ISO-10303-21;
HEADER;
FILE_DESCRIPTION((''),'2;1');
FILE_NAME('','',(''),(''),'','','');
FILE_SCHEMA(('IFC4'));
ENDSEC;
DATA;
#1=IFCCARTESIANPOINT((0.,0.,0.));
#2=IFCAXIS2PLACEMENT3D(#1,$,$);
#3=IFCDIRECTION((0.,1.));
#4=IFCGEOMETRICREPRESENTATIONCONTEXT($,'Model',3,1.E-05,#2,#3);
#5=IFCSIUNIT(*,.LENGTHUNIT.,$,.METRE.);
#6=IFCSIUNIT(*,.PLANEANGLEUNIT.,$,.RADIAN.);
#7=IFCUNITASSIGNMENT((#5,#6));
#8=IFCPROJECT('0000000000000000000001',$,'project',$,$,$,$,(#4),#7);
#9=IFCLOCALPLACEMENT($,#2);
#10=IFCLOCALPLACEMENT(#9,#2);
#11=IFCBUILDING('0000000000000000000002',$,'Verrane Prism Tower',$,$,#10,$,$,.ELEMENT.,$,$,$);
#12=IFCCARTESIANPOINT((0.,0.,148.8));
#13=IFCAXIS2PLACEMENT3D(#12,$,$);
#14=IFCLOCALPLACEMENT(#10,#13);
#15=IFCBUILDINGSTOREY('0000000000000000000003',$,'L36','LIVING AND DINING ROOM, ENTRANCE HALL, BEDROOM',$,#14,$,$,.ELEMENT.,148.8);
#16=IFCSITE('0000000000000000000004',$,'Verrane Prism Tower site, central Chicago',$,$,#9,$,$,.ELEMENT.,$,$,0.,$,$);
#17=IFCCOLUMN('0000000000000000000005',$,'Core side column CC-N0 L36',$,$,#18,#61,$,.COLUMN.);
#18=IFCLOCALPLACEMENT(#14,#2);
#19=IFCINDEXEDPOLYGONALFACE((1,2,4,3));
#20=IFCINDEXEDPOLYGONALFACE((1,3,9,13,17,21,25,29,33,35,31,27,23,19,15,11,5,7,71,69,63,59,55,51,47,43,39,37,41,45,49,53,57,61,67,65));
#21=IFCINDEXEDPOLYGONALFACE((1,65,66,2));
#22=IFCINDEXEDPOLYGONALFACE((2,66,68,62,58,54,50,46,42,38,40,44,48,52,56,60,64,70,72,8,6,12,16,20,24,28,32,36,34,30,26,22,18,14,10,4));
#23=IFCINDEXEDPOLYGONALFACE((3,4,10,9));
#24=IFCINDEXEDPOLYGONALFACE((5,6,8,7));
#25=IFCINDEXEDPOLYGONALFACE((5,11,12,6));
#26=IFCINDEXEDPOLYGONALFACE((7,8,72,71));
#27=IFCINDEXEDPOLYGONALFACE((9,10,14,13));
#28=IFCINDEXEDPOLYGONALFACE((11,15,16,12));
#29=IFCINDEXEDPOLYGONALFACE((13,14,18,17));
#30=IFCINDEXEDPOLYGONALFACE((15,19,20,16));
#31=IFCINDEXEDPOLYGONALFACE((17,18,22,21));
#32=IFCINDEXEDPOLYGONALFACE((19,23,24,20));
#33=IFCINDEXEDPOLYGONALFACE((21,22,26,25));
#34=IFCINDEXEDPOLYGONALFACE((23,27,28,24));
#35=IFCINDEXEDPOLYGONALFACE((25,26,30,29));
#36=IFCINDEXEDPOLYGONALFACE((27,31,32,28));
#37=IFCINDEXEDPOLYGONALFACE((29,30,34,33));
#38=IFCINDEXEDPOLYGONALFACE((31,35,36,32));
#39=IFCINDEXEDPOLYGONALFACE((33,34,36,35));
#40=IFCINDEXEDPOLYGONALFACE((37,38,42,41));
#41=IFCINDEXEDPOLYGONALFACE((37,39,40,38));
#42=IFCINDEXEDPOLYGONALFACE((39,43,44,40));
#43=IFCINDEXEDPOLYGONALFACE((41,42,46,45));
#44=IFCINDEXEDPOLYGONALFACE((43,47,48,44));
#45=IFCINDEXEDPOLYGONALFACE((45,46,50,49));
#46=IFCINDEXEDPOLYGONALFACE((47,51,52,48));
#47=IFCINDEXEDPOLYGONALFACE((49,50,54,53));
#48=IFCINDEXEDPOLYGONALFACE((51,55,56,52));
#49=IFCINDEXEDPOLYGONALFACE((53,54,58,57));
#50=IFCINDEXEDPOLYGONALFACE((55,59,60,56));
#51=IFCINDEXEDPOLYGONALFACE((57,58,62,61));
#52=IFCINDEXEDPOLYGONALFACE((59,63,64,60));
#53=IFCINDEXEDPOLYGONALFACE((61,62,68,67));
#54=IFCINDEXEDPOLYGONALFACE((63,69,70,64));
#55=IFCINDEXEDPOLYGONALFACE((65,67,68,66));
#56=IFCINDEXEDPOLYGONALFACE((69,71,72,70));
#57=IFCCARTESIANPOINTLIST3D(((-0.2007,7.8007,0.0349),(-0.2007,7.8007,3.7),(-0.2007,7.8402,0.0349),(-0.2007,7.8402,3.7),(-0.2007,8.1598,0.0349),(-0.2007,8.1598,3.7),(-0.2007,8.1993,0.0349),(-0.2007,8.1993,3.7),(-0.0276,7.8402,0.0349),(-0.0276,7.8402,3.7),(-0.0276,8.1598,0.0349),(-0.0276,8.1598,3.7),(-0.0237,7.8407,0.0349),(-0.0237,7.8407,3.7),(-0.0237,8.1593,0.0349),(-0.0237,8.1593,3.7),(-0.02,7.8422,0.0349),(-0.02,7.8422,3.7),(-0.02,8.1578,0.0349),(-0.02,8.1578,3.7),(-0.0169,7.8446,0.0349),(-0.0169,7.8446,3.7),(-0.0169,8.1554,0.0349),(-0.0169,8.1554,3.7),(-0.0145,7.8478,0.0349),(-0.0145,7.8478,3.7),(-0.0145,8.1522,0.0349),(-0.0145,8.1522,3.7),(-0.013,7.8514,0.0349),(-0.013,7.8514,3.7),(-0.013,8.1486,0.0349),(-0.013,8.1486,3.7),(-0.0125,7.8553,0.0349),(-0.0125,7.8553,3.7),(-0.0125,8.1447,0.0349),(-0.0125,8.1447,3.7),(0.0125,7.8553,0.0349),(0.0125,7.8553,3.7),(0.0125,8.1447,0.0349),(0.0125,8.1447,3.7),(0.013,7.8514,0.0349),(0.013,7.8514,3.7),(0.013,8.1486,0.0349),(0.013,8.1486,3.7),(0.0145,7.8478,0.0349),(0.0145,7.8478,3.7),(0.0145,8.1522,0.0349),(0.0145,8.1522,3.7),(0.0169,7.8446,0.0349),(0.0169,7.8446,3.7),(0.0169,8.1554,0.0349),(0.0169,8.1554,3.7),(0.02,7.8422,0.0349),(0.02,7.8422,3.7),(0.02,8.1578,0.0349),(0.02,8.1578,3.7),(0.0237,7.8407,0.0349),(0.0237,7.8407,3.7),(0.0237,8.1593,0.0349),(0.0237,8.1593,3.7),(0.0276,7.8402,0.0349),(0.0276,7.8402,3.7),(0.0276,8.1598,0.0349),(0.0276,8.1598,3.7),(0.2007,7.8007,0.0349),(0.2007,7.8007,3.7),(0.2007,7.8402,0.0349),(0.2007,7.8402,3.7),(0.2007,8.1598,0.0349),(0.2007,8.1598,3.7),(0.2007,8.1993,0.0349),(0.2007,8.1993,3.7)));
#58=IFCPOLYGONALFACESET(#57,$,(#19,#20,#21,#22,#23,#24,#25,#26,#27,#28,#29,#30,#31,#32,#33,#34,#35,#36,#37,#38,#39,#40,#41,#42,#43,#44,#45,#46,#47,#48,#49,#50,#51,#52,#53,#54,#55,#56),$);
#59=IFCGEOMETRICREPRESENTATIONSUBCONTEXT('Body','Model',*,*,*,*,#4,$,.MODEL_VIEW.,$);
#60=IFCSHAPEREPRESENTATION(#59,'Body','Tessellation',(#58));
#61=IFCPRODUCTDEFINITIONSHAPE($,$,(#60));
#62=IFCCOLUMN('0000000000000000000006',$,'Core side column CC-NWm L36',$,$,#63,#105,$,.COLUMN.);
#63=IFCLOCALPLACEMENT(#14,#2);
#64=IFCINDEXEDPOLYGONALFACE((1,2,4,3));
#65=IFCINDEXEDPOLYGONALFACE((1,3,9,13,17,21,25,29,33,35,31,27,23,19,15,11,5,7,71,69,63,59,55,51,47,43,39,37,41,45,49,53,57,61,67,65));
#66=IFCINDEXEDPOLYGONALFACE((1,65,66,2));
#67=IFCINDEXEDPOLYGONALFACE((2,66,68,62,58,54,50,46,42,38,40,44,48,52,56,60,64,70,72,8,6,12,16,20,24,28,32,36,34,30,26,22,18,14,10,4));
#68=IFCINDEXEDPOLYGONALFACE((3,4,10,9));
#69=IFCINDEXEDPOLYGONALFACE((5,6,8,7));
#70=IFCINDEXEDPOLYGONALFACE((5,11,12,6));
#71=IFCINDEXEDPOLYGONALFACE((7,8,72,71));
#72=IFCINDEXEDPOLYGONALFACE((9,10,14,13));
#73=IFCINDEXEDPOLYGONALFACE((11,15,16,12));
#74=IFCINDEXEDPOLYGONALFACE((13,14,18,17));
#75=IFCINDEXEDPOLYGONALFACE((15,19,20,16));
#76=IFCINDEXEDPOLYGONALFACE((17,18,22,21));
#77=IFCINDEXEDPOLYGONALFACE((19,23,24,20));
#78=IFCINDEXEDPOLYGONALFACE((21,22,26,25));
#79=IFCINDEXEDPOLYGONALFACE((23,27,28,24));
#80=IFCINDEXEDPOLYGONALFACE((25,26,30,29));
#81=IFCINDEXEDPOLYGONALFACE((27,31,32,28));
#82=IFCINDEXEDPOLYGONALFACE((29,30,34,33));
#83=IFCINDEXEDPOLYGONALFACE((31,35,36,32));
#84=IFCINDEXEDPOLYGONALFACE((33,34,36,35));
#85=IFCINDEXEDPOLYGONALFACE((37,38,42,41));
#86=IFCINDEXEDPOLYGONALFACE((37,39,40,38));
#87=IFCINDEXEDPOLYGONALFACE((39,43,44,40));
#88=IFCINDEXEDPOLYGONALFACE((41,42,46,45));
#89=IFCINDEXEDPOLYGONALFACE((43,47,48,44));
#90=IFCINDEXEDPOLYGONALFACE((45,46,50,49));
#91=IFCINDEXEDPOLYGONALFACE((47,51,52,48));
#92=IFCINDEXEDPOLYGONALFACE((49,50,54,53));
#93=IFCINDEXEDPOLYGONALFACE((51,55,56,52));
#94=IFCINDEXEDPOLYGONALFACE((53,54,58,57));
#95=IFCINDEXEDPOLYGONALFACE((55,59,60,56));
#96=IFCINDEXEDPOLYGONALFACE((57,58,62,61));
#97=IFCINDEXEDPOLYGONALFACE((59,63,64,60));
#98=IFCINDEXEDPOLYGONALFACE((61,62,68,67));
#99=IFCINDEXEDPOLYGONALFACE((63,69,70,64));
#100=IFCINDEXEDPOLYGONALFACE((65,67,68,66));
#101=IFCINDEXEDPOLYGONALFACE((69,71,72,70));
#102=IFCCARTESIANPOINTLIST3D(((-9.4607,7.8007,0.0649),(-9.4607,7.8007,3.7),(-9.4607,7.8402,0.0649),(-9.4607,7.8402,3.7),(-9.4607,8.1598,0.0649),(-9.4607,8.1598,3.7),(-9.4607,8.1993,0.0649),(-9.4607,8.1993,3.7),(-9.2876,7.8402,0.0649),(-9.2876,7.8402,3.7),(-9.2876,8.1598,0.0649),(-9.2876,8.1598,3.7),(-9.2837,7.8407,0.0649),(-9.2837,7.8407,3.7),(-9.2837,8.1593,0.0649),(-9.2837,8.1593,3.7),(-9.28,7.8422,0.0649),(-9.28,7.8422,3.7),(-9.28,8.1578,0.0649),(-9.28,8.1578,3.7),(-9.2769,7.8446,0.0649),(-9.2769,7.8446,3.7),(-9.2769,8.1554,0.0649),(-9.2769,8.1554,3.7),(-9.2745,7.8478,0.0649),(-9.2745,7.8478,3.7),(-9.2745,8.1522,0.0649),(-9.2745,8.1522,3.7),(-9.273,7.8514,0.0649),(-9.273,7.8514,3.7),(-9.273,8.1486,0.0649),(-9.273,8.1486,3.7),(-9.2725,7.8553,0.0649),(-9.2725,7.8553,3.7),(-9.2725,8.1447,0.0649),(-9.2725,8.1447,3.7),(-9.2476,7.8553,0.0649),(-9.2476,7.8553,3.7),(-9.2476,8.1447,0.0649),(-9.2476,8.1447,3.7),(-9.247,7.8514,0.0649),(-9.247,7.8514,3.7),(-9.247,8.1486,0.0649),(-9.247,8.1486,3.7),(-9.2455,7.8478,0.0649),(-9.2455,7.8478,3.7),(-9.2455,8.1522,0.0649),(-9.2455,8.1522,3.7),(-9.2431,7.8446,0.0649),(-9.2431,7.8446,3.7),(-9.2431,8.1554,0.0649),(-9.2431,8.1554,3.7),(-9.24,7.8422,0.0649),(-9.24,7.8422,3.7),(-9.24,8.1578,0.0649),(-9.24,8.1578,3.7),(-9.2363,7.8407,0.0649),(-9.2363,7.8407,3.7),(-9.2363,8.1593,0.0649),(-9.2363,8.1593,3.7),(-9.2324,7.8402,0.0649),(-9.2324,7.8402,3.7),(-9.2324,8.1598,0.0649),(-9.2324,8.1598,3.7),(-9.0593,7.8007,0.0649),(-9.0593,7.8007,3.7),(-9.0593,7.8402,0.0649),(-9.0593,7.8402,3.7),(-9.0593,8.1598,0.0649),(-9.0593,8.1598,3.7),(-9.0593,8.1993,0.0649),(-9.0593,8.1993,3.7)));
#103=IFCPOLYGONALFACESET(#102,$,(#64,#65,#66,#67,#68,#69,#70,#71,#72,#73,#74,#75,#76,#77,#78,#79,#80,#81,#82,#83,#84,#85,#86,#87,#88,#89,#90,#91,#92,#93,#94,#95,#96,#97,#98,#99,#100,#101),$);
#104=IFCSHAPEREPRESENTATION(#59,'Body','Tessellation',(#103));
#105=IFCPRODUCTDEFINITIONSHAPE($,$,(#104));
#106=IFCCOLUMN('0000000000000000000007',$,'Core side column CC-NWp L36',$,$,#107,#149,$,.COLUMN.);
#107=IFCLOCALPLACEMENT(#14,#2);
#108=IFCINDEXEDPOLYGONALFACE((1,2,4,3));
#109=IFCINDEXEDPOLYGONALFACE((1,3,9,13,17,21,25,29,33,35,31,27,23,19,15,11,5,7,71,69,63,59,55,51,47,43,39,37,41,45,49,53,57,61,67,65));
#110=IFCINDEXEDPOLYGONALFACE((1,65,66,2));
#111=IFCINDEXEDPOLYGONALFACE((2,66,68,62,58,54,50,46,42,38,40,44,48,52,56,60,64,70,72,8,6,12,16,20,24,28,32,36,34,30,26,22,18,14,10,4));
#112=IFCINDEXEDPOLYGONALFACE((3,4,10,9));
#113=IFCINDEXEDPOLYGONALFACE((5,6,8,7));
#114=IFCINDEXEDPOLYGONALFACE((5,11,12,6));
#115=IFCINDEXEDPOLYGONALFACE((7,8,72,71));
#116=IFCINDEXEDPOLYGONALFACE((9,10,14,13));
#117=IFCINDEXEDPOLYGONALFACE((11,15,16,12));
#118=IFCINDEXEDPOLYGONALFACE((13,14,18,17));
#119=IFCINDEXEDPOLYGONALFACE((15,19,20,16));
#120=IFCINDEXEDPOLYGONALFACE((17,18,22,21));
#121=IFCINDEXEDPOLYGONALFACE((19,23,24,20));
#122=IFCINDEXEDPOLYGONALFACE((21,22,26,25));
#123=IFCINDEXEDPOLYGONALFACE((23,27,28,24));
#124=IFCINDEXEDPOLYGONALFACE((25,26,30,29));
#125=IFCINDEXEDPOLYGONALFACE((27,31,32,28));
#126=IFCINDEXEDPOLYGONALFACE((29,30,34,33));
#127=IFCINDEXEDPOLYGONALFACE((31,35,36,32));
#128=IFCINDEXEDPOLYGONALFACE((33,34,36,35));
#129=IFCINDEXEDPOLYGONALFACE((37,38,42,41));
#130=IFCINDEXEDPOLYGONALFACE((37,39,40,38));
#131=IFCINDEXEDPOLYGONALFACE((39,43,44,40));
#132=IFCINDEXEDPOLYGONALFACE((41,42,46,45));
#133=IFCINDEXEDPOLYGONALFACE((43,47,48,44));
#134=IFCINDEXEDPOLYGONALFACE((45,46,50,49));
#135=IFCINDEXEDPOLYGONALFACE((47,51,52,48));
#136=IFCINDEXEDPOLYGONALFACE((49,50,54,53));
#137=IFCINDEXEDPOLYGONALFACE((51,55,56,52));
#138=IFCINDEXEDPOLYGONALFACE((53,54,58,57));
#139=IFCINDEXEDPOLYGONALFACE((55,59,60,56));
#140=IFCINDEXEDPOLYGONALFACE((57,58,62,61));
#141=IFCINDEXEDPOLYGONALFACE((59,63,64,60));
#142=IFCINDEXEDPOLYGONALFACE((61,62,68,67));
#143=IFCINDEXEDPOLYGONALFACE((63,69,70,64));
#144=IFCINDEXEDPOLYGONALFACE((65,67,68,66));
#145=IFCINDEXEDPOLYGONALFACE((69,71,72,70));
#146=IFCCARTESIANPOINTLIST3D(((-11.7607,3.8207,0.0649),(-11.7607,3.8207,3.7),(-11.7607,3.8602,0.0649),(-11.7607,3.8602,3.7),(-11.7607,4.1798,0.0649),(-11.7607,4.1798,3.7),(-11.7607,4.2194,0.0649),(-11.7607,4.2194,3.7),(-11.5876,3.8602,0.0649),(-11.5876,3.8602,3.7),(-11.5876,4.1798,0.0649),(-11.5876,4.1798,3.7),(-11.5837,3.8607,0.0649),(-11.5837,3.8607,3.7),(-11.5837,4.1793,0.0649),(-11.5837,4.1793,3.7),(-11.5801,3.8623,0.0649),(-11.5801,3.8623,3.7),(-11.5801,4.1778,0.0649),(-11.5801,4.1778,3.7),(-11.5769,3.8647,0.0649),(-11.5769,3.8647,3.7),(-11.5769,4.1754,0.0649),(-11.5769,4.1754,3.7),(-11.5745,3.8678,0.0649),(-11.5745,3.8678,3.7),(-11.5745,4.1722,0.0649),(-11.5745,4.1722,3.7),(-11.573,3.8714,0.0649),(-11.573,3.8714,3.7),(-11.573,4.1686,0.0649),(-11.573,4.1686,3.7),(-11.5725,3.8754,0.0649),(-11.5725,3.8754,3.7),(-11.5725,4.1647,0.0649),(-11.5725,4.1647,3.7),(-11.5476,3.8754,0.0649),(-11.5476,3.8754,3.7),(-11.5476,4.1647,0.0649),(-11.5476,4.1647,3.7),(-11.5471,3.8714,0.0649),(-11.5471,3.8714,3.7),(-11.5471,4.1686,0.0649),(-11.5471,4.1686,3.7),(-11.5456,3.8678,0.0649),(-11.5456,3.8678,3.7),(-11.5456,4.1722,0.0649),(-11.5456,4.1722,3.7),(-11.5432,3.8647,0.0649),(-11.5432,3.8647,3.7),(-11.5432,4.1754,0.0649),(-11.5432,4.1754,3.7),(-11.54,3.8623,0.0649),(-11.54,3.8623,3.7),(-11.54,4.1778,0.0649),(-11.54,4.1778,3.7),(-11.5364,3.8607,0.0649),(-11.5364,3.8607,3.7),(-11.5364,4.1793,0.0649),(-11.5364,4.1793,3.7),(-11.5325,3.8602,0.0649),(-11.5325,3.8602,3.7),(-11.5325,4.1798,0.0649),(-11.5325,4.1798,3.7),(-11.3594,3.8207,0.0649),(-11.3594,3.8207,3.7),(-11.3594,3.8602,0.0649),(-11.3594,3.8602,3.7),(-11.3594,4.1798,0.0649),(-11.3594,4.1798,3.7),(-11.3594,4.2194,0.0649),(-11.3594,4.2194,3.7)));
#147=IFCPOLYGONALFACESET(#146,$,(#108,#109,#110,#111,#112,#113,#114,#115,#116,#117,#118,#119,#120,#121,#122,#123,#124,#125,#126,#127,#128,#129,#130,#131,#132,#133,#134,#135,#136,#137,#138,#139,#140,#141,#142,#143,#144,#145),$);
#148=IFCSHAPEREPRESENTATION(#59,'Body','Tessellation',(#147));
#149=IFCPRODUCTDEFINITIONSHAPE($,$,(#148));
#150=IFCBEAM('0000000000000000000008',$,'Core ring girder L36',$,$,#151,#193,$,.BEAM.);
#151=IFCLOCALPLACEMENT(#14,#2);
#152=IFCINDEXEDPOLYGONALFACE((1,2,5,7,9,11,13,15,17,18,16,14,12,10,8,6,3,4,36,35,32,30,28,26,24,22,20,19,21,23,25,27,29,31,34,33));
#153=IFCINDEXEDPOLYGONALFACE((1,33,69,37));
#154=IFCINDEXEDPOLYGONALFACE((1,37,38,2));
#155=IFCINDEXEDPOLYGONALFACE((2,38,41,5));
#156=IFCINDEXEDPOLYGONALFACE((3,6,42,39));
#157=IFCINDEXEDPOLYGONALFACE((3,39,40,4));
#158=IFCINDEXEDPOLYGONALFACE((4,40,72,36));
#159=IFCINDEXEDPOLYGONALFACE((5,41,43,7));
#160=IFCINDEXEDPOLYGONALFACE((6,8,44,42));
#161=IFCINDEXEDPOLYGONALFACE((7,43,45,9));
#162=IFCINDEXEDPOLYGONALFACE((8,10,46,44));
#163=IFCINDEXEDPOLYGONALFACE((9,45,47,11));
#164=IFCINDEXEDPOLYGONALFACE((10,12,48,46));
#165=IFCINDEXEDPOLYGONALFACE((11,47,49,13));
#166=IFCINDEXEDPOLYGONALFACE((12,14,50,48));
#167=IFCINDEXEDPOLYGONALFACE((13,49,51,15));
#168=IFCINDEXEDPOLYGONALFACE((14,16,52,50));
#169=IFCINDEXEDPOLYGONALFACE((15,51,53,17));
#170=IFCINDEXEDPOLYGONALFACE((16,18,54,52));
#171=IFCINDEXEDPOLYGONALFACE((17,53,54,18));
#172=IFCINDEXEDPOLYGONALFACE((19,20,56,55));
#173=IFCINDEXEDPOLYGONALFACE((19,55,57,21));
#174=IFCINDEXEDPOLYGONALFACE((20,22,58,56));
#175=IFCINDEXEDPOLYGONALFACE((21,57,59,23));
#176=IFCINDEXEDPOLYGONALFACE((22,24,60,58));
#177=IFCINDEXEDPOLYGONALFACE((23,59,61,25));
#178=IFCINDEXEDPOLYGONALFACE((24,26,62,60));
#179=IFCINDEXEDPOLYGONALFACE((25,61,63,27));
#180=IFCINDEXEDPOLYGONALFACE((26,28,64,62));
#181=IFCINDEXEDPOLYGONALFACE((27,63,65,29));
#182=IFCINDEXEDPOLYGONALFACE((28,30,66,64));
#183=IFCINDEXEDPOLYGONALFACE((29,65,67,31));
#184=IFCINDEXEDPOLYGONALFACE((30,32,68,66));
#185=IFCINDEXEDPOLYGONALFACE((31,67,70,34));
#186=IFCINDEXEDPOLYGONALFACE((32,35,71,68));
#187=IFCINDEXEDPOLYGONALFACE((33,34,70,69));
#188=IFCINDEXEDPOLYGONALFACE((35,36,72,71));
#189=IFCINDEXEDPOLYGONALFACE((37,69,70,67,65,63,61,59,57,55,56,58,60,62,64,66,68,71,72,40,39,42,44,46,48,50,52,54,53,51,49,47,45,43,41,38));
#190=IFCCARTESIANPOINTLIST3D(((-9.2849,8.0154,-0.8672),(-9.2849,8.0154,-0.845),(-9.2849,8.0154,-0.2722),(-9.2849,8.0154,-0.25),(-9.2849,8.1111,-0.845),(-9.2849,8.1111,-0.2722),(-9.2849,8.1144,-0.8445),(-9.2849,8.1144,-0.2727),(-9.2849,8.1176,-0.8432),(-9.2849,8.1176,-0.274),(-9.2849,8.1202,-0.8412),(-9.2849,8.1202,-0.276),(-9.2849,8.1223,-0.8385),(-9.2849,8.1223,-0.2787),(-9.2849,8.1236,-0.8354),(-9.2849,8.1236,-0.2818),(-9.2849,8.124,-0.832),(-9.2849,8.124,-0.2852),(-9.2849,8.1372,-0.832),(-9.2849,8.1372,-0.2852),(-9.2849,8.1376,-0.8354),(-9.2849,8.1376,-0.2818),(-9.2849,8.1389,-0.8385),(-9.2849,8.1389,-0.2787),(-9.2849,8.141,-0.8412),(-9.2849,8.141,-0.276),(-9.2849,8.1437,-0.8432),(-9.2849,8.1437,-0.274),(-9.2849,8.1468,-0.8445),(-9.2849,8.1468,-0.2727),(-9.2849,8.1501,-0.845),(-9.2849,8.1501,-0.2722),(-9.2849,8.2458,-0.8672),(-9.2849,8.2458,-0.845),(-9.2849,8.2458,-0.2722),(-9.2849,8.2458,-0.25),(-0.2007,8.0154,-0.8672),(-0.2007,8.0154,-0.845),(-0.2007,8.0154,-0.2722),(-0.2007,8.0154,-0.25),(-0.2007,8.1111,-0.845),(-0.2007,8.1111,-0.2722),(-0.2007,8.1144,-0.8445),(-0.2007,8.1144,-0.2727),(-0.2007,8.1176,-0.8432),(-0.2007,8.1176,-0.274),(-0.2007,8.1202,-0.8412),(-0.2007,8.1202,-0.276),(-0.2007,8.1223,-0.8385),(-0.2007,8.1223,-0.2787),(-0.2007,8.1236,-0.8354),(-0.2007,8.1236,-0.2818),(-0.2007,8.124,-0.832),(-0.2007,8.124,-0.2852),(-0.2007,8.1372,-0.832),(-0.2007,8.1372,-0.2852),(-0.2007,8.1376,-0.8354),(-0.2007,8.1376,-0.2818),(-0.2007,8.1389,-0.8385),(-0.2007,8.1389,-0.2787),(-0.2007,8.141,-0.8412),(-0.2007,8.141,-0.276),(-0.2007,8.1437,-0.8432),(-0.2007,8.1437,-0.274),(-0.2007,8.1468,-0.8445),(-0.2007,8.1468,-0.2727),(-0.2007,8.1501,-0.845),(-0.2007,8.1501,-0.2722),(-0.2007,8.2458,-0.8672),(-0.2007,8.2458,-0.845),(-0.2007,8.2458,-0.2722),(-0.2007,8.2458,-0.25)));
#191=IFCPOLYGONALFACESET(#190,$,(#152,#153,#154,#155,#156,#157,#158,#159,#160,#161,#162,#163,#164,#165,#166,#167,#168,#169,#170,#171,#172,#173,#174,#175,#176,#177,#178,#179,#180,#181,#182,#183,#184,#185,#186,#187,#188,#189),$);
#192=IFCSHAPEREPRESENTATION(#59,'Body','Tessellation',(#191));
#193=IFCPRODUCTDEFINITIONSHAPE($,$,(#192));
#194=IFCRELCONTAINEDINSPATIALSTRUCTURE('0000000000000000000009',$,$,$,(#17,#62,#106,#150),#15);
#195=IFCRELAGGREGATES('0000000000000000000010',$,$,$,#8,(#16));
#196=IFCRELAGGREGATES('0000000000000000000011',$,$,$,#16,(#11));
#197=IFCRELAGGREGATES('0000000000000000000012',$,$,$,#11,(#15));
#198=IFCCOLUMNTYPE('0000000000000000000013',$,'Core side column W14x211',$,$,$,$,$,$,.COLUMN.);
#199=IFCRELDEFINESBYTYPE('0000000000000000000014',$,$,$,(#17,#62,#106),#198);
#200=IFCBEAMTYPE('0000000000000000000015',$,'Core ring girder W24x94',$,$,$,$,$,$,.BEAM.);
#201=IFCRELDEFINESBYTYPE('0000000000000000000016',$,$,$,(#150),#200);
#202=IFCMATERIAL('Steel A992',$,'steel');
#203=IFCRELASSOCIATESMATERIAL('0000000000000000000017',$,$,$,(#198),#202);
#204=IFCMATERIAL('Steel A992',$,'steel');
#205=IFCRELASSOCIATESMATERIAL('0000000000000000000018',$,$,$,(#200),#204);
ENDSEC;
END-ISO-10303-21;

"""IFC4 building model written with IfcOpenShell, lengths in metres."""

from ifc_helpers import new_model, si_unit, direction, frame, origin, origin_2d, place, context, subcontext, project, spatial, i_section, extrude, material, material_profile, profile_set, type_object, element, save


model = new_model("IFC4")

# Units and contexts
model_context = context("Model", 3, precision=1e-05, world=origin(), true_north=direction((0.0, 1.0)))
body_context = subcontext(model_context, "Body", "Model", "MODEL_VIEW")
ifc_project = project(units=[si_unit("LENGTHUNIT", "METRE"), si_unit("PLANEANGLEUNIT", "RADIAN")], contexts=[model_context])

# Site, building, storey
site_placement = place(None, origin())
site = spatial("IfcSite", under=ifc_project, at=site_placement, Name="Verrane Prism Tower site, central Chicago", CompositionType="ELEMENT", RefElevation=0.0)
building_placement = place(site_placement, origin())
building = spatial("IfcBuilding", under=site, at=building_placement, Name="Verrane Prism Tower", CompositionType="ELEMENT")
storey_placement = place(building_placement, frame((0.0, 0.0, 148.8)))
storey = spatial("IfcBuildingStorey", under=building, at=storey_placement, Name="L36", Description="LIVING AND DINING ROOM, ENTRANCE HALL, BEDROOM", CompositionType="ELEMENT", Elevation=148.8)

# Columns
ifc_material_1 = material(Name="Steel A992", Category="steel")
ifc_material_profile_1 = material_profile(ifc_material_1, i_section(OverallWidth=0.4014, OverallDepth=0.3987, WebThickness=0.0249, FlangeThickness=0.0396, FilletRadius=0.0151, at=origin_2d()), Name="W14x211")
ifc_profile_set_1 = profile_set([ifc_material_profile_1], Name="Steel A992")
column_type = type_object("IfcColumnType", Name="Core side column W14x211", PredefinedType="COLUMN", material=ifc_profile_set_1)
column_placement = place(storey_placement, frame((0.0, 8.0, 0.0349), z_axis=(0.0, 0.0, 1.0), x_axis=(1.0, 0.0, 0.0)))
element("IfcColumn", 1, at=column_placement, inside=storey, type_object=column_type, Name="Core side column CC-N0 L36", PredefinedType="COLUMN", context=body_context, shape_type="SweptSolid", body=[
    extrude(i_section(OverallWidth=0.4014, OverallDepth=0.3987, WebThickness=0.0249, FlangeThickness=0.0396, FilletRadius=0.0151, at=origin_2d()), origin(), (0.0, 0.0, 1.0), 3.665),
])
for number, where, z_axis, x_axis, name in (
    (2, (-9.26, 8.0, 0.0649), (0.0, 0.0, 1.0), (1.0, 0.0, 0.0), "Core side column CC-NWm L36"),
    (3, (-11.5601, 4.02, 0.0649), (0.0, 0.0, 1.0), (1.0, 0.0, 0.0), "Core side column CC-NWp L36"),
):
    element("IfcColumn", number, at=place(storey_placement, frame(where, z_axis=z_axis, x_axis=x_axis)), inside=storey, type_object=column_type, Name=name, PredefinedType="COLUMN", context=body_context, shape_type="SweptSolid", body=[
        extrude(i_section(OverallWidth=0.4014, OverallDepth=0.3987, WebThickness=0.0249, FlangeThickness=0.0396, FilletRadius=0.0151, at=origin_2d()), origin(), (0.0, 0.0, 1.0), 3.635),
    ])

# Beam
ifc_material_2 = material(Name="Steel A992", Category="steel")
ifc_material_profile_2 = material_profile(ifc_material_2, i_section(OverallWidth=0.2305, OverallDepth=0.6172, WebThickness=0.0132, FlangeThickness=0.0222, FilletRadius=0.0129, at=origin_2d()), Name="W24x94")
ifc_profile_set_2 = profile_set([ifc_material_profile_2], Name="Steel A992")
beam_type = type_object("IfcBeamType", Name="Core ring girder W24x94", PredefinedType="BEAM", material=ifc_profile_set_2)
beam_1_placement = place(storey_placement, frame((-0.2007, 8.1306, -0.5586), z_axis=(-1.0, 0.0, 0.0), x_axis=(0.0, -1.0, 0.0)))
element("IfcBeam", 4, at=beam_1_placement, inside=storey, type_object=beam_type, Name="Core ring girder L36", PredefinedType="BEAM", context=body_context, shape_type="SweptSolid", body=[
    extrude(i_section(OverallWidth=0.2305, OverallDepth=0.6172, WebThickness=0.0132, FlangeThickness=0.0222, FilletRadius=0.0129, at=origin_2d()), origin(), (0.0, 0.0, 1.0), 9.0842),
])

save(model, "model.ifc")
